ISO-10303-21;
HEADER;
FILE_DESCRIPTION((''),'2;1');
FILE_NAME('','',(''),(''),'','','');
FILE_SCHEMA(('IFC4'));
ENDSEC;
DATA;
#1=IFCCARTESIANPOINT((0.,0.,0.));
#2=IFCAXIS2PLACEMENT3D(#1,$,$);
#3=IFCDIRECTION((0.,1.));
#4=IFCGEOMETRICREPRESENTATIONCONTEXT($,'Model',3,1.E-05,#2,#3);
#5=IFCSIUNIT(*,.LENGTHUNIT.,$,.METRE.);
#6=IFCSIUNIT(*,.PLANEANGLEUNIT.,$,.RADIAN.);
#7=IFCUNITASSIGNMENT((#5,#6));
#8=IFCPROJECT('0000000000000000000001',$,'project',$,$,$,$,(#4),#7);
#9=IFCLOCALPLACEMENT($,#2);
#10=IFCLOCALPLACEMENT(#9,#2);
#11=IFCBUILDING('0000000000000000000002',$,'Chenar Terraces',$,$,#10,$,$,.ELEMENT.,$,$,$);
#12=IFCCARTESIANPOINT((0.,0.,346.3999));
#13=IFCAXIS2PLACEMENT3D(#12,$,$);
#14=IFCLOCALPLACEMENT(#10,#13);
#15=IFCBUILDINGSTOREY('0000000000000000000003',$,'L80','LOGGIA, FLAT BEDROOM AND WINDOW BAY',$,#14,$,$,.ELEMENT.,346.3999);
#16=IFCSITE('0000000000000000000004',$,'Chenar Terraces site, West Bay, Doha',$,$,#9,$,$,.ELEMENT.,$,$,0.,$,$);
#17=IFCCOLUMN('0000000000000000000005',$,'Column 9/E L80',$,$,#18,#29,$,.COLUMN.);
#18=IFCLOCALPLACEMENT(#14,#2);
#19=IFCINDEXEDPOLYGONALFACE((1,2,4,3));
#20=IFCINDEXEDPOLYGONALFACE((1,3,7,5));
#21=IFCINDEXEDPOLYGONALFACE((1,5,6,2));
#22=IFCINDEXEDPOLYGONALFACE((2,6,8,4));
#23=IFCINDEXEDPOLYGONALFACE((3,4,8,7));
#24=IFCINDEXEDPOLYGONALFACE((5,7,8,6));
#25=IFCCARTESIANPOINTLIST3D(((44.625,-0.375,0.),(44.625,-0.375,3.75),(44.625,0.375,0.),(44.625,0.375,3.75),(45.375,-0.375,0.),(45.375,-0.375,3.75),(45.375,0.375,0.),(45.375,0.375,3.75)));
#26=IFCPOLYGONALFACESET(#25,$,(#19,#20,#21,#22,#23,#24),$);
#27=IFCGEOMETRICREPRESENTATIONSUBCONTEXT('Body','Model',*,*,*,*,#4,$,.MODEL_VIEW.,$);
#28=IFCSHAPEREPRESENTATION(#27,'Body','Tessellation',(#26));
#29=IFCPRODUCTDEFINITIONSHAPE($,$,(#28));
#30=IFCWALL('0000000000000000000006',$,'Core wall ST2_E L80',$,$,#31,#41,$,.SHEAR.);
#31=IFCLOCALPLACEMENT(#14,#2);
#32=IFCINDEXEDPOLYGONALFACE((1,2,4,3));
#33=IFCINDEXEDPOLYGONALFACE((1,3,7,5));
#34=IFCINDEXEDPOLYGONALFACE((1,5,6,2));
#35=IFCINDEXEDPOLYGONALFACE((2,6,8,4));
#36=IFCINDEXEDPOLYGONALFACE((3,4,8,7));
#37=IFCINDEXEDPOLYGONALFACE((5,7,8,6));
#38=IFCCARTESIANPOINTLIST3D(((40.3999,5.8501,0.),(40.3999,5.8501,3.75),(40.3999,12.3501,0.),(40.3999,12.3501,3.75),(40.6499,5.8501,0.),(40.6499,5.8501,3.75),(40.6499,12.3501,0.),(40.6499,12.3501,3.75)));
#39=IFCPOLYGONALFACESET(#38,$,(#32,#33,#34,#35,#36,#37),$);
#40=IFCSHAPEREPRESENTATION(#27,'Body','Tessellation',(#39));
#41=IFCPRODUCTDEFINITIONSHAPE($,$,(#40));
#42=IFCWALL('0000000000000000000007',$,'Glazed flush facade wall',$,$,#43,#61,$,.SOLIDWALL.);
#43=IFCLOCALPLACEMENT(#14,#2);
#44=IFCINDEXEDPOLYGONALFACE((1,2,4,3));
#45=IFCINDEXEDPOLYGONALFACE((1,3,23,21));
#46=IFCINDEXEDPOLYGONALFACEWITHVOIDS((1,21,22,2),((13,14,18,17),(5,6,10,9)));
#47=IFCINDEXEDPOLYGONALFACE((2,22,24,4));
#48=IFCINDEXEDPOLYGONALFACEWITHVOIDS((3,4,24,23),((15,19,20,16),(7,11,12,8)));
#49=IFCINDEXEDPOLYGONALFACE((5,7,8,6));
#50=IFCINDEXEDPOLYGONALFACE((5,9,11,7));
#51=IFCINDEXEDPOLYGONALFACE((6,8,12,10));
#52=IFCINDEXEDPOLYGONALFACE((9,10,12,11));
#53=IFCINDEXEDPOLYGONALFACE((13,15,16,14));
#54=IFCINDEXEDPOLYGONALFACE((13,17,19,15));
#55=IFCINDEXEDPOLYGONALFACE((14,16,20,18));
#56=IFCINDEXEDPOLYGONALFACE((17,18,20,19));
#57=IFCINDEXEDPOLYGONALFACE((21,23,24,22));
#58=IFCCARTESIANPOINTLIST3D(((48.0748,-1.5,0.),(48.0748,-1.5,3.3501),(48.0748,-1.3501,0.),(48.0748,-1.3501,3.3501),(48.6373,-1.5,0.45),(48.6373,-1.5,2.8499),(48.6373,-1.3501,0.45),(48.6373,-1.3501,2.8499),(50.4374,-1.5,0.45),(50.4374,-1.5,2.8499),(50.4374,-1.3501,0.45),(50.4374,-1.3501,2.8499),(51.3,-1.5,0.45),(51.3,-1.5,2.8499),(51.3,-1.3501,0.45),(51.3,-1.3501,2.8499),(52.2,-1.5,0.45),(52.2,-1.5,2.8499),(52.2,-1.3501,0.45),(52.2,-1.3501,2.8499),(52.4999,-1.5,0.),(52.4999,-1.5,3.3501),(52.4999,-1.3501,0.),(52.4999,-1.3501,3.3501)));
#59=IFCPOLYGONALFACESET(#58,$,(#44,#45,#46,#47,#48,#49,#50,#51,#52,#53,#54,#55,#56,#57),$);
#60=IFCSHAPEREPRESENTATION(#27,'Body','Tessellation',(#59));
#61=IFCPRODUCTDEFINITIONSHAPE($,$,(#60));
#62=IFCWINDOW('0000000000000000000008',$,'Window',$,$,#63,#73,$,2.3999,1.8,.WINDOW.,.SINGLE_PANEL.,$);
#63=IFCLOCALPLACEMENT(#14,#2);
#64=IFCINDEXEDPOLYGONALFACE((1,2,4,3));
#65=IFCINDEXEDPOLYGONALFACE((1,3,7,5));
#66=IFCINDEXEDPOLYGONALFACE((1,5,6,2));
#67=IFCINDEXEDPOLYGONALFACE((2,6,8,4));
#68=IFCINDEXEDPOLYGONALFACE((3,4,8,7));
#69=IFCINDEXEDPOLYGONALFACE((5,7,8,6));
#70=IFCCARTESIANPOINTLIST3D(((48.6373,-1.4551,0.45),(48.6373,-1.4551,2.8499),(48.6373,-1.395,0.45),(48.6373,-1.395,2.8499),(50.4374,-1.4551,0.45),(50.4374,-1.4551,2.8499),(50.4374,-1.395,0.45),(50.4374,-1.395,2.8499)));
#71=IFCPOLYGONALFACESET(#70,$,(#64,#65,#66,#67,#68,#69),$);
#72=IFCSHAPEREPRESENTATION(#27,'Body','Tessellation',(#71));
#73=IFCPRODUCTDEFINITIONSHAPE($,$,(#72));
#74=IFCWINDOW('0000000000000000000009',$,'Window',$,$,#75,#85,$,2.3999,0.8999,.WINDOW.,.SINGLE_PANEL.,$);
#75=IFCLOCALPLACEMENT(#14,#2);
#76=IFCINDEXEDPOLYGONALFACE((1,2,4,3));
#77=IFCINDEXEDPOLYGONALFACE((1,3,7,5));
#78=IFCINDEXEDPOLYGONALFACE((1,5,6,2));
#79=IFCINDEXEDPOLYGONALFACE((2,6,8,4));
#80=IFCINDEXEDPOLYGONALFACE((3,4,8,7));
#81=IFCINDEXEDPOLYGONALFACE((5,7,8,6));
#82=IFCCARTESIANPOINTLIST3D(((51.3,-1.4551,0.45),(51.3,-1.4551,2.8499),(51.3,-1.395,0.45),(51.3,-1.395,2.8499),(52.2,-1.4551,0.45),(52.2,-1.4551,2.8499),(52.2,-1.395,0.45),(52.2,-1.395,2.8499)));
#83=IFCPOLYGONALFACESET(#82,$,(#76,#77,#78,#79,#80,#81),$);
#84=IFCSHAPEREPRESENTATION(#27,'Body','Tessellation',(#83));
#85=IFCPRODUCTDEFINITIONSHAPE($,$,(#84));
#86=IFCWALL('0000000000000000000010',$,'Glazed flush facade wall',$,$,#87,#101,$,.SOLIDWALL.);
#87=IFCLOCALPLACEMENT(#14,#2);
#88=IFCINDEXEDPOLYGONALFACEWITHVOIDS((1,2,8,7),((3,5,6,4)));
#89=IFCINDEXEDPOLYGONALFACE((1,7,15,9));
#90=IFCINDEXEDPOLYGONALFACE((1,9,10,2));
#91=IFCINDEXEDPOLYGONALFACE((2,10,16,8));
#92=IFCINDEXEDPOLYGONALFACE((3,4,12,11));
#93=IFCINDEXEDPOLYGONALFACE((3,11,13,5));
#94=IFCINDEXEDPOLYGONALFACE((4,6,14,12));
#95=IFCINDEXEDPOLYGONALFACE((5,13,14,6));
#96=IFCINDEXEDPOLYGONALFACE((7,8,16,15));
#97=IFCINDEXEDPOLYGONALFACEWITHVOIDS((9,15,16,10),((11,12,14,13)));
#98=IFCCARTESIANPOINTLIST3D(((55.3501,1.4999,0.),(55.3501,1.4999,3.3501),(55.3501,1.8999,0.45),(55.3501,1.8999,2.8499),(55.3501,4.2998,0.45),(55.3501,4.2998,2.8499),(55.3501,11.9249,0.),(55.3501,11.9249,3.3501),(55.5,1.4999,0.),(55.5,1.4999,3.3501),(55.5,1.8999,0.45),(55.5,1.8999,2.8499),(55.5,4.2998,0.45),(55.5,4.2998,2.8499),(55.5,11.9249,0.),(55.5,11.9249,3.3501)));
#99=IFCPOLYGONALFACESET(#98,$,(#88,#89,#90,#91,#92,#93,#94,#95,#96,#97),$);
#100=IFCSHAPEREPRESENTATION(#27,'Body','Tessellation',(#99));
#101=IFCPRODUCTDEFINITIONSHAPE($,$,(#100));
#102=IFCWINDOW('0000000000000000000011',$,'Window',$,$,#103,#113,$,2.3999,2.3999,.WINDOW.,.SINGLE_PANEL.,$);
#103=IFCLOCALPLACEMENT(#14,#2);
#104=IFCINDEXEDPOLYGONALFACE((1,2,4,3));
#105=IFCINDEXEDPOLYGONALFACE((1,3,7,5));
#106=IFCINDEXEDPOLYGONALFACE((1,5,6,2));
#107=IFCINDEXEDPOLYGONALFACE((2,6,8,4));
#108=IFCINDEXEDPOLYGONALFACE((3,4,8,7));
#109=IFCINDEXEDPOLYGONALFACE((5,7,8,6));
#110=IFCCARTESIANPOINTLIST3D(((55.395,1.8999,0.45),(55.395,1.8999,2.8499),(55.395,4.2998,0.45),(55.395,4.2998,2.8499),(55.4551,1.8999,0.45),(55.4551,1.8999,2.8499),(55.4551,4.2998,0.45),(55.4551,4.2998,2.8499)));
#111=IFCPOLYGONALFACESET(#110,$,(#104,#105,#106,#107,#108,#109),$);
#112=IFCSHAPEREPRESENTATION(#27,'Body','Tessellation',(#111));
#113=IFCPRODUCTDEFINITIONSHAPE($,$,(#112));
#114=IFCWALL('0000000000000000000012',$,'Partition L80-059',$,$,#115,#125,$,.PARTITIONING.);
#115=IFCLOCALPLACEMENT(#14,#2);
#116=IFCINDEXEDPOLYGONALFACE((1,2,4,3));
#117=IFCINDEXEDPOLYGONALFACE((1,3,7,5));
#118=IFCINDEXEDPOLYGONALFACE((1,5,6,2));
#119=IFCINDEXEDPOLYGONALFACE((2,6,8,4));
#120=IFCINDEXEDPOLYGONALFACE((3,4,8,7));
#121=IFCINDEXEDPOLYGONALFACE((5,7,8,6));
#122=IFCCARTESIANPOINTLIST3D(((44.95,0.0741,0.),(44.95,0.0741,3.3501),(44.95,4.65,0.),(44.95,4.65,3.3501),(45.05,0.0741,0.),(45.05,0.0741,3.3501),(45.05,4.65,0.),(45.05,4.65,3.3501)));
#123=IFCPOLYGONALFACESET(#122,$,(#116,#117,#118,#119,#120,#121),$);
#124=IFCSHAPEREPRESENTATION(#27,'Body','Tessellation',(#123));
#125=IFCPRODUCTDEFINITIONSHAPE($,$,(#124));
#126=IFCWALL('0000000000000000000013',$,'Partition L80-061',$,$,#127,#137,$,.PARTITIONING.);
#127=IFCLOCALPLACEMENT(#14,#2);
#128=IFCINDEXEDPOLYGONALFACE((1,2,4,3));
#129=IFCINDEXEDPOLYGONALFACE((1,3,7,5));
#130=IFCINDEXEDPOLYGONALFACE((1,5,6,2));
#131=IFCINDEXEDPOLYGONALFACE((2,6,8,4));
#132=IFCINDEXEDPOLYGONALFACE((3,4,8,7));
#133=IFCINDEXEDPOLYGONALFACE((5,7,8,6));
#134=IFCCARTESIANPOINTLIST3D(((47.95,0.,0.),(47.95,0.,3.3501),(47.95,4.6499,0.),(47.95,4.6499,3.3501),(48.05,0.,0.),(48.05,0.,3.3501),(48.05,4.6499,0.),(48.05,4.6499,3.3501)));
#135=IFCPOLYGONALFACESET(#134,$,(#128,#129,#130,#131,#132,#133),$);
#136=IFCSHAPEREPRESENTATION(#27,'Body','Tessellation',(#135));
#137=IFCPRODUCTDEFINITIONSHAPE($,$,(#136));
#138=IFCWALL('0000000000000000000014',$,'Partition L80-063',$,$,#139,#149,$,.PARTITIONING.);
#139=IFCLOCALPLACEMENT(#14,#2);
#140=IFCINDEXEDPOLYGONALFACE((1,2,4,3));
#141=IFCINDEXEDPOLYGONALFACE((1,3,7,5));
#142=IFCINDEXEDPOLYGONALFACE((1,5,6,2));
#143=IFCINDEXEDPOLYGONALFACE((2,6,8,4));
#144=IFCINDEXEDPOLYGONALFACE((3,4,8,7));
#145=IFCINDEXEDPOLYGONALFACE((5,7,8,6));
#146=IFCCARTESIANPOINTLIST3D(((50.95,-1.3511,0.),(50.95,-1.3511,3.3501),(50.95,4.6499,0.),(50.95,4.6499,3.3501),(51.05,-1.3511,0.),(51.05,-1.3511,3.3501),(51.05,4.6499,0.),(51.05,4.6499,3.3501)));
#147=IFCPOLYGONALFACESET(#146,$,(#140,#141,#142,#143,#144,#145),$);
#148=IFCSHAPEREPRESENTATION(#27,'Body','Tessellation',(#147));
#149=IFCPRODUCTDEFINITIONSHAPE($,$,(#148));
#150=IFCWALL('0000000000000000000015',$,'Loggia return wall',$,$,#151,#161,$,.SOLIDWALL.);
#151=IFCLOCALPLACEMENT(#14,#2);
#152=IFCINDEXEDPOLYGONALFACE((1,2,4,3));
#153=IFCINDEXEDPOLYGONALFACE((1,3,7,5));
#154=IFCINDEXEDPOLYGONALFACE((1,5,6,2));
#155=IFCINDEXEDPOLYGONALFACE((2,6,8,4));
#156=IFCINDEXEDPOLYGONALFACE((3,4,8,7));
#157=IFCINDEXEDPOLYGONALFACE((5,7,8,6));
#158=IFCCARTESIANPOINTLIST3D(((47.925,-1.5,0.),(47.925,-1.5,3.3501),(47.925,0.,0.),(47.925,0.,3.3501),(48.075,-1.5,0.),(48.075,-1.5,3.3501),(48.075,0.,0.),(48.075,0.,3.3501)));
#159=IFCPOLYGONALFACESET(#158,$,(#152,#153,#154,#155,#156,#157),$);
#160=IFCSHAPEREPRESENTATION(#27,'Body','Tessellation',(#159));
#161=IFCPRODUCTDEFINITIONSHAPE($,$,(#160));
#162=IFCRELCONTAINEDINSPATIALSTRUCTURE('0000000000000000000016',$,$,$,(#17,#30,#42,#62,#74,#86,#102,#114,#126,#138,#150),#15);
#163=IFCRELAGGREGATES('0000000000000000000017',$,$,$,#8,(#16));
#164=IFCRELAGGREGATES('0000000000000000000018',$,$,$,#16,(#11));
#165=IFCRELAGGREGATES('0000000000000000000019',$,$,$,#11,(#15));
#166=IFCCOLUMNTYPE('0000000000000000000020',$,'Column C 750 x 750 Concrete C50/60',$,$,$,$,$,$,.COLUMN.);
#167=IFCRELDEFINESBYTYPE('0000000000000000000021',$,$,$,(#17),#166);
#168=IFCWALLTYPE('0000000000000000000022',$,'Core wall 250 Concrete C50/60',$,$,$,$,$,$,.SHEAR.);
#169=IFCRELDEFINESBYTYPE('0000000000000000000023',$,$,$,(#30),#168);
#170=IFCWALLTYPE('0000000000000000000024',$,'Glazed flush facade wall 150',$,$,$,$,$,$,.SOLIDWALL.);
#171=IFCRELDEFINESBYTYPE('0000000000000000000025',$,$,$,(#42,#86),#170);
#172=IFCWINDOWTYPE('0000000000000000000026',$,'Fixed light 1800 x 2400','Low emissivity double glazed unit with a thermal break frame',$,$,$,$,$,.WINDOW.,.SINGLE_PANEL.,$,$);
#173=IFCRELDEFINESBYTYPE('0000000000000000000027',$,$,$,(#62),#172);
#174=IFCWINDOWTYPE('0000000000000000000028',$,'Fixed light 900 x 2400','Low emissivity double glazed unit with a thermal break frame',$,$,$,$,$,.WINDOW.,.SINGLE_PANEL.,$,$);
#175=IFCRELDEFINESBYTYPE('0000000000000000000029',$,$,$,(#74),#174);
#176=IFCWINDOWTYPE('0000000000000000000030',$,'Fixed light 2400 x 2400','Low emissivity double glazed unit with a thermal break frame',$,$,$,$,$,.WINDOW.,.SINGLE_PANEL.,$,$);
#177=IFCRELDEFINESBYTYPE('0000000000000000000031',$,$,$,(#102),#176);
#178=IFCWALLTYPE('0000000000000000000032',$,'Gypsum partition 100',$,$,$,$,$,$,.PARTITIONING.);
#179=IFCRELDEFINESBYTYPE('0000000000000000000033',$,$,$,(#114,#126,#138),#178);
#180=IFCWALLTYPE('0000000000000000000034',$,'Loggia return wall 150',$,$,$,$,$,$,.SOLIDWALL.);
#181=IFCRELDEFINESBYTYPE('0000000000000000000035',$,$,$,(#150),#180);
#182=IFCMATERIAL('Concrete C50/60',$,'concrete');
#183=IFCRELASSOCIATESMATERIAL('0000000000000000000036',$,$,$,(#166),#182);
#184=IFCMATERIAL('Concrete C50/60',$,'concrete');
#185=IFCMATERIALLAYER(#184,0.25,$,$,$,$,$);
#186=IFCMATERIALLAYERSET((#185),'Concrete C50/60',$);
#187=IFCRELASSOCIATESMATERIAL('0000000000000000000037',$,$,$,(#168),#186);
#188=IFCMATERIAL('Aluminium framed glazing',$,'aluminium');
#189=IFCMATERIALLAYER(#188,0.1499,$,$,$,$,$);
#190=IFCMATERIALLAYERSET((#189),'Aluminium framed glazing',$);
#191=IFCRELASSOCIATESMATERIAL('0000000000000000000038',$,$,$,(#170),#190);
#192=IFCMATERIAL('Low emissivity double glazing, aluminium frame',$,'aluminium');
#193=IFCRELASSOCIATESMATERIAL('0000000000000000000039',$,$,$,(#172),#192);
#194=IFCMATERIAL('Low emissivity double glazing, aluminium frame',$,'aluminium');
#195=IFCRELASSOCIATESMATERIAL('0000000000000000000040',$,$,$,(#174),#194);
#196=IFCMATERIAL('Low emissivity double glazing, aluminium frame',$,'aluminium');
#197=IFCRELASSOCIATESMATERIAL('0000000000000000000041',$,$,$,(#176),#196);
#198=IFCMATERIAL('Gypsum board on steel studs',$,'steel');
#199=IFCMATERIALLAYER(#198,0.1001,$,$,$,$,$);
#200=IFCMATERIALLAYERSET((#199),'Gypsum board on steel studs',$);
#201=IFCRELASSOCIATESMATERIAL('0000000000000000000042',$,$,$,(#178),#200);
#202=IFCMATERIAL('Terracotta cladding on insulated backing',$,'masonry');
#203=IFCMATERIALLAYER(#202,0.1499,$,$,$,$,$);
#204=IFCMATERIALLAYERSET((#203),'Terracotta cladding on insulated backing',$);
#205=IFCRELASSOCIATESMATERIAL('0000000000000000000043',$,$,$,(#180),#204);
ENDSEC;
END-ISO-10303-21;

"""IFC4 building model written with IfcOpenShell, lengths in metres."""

from ifc_helpers import new_model, si_unit, direction, frame, frame_2d, origin, origin_2d, place, context, subcontext, project, spatial, rectangle, extrude, material, layer, layer_set, material_profile, profile_set, type_object, element, fill, save


model = new_model("IFC4")

# Units and contexts
model_context = context("Model", 3, precision=1e-05, world=origin(), true_north=direction((0.0, 1.0)))
body_context = subcontext(model_context, "Body", "Model", "MODEL_VIEW")
ifc_project = project(units=[si_unit("LENGTHUNIT", "METRE"), si_unit("PLANEANGLEUNIT", "RADIAN")], contexts=[model_context])

# Site, building, storey
site_placement = place(None, origin())
site = spatial("IfcSite", under=ifc_project, at=site_placement, Name="Chenar Terraces site, West Bay, Doha", CompositionType="ELEMENT", RefElevation=0.0)
building_placement = place(site_placement, origin())
building = spatial("IfcBuilding", under=site, at=building_placement, Name="Chenar Terraces", CompositionType="ELEMENT")
storey_placement = place(building_placement, frame((0.0, 0.0, 346.3999)))
storey = spatial("IfcBuildingStorey", under=building, at=storey_placement, Name="L80", Description="LOGGIA, FLAT BEDROOM AND WINDOW BAY", CompositionType="ELEMENT", Elevation=346.3999)

# Column
ifc_material_1 = material(Name="Concrete C50/60", Category="concrete")
ifc_material_profile_1 = material_profile(ifc_material_1, rectangle(XDim=0.75, YDim=0.75, at=origin_2d()), Name="C 750 x 750")
ifc_profile_set_1 = profile_set([ifc_material_profile_1], Name="Concrete C50/60")
column_type = type_object("IfcColumnType", Name="Column C 750 x 750 Concrete C50/60", PredefinedType="COLUMN", material=ifc_profile_set_1)
column_placement = place(storey_placement, frame((45.0, 0.0, 0.0), z_axis=(0.0, 0.0, 1.0), x_axis=(1.0, 0.0, 0.0)))
element("IfcColumn", 1, at=column_placement, inside=storey, type_object=column_type, Name="Column 9/E L80", PredefinedType="COLUMN", context=body_context, shape_type="SweptSolid", body=[
    extrude(rectangle(XDim=0.75, YDim=0.75, at=origin_2d()), origin(), (0.0, 0.0, 1.0), 3.75),
])

# Wall
ifc_material_2 = material(Name="Concrete C50/60", Category="concrete")
ifc_layer_1 = layer(ifc_material_2, 0.25)
ifc_layer_set_1 = layer_set([ifc_layer_1], Name="Concrete C50/60")
wall_type_1 = type_object("IfcWallType", Name="Core wall 250 Concrete C50/60", PredefinedType="SHEAR", material=ifc_layer_set_1)
wall_1_placement = place(storey_placement, frame((40.5249, 5.8501, 0.0), z_axis=(0.0, 0.0, 1.0), x_axis=(0.0, 1.0, 0.0)))
element("IfcWall", 2, at=wall_1_placement, inside=storey, type_object=wall_type_1, Name="Core wall ST2_E L80", PredefinedType="SHEAR", context=body_context, shape_type="SweptSolid", body=[
    extrude(rectangle(XDim=6.5, YDim=0.25, at=frame_2d((3.25, 0.0))), origin(), (0.0, 0.0, 1.0), 3.75),
])

# Wall, openings, windows
ifc_material_3 = material(Name="Aluminium framed glazing", Category="aluminium")
ifc_layer_2 = layer(ifc_material_3, 0.1499)
ifc_layer_set_2 = layer_set([ifc_layer_2], Name="Aluminium framed glazing")
wall_type_2 = type_object("IfcWallType", Name="Glazed flush facade wall 150", PredefinedType="SOLIDWALL", material=ifc_layer_set_2)
wall_2_placement = place(storey_placement, frame((48.075, -1.425, 0.0), z_axis=(0.0, 0.0, 1.0), x_axis=(1.0, 0.0, 0.0)))
wall_2 = element("IfcWall", 3, at=wall_2_placement, inside=storey, type_object=wall_type_2, Name="Glazed flush facade wall", PredefinedType="SOLIDWALL", context=body_context, shape_type="SweptSolid", body=[
    extrude(rectangle(XDim=4.425, YDim=0.1499, at=frame_2d((2.2124, 0.0))), origin(), (0.0, 0.0, 1.0), 3.3501),
])
opening_1_placement = place(wall_2_placement, frame((0.5625, 0.0, 0.45)))
opening_1 = element("IfcOpeningElement", 4, at=opening_1_placement, cuts=wall_2, PredefinedType="OPENING", context=body_context, shape_type="SweptSolid", body=[
    extrude(rectangle(XDim=1.8, YDim=2.3999, at=frame_2d((0.8999, 1.2))), frame((0.0, 0.085, 0.0), z_axis=(0.0, -1.0, 0.0), x_axis=(1.0, 0.0, 0.0)), (0.0, 0.0, 1.0), 0.1699),
])
opening_2_placement = place(wall_2_placement, frame((3.2251, 0.0, 0.45)))
opening_2 = element("IfcOpeningElement", 5, at=opening_2_placement, cuts=wall_2, PredefinedType="OPENING", context=body_context, shape_type="SweptSolid", body=[
    extrude(rectangle(XDim=0.8999, YDim=2.3999, at=frame_2d((0.45, 1.2))), frame((0.0, 0.085, 0.0), z_axis=(0.0, -1.0, 0.0), x_axis=(1.0, 0.0, 0.0)), (0.0, 0.0, 1.0), 0.1699),
])
ifc_material_4 = material(Name="Low emissivity double glazing, aluminium frame", Category="aluminium")
window_type_1 = type_object("IfcWindowType", Name="Fixed light 1800 x 2400", Description="Low emissivity double glazed unit with a thermal break frame", PartitioningType="SINGLE_PANEL", PredefinedType="WINDOW", material=ifc_material_4)
window_1_placement = place(opening_1_placement, origin())
window_1 = element("IfcWindow", 6, at=window_1_placement, inside=storey, type_object=window_type_1, Name="Window", OverallHeight=2.3999, OverallWidth=1.8, PartitioningType="SINGLE_PANEL", PredefinedType="WINDOW", context=body_context, shape_type="SweptSolid", body=[
    extrude(rectangle(XDim=1.8, YDim=2.3999, at=frame_2d((0.8999, 1.2))), frame((0.0, 0.03, 0.0), z_axis=(0.0, -1.0, 0.0), x_axis=(1.0, 0.0, 0.0)), (0.0, 0.0, 1.0), 0.0601),
])
fill(opening_1, window_1)
ifc_material_5 = material(Name="Low emissivity double glazing, aluminium frame", Category="aluminium")
window_type_2 = type_object("IfcWindowType", Name="Fixed light 900 x 2400", Description="Low emissivity double glazed unit with a thermal break frame", PartitioningType="SINGLE_PANEL", PredefinedType="WINDOW", material=ifc_material_5)
window_2_placement = place(opening_2_placement, origin())
window_2 = element("IfcWindow", 7, at=window_2_placement, inside=storey, type_object=window_type_2, Name="Window", OverallHeight=2.3999, OverallWidth=0.8999, PartitioningType="SINGLE_PANEL", PredefinedType="WINDOW", context=body_context, shape_type="SweptSolid", body=[
    extrude(rectangle(XDim=0.8999, YDim=2.3999, at=frame_2d((0.45, 1.2))), frame((0.0, 0.03, 0.0), z_axis=(0.0, -1.0, 0.0), x_axis=(1.0, 0.0, 0.0)), (0.0, 0.0, 1.0), 0.0601),
])
fill(opening_2, window_2)

# Wall, opening, window
wall_3_placement = place(storey_placement, frame((55.425, 1.5, 0.0), z_axis=(0.0, 0.0, 1.0), x_axis=(0.0, 1.0, 0.0)))
wall_3 = element("IfcWall", 8, at=wall_3_placement, inside=storey, type_object=wall_type_2, Name="Glazed flush facade wall", PredefinedType="SOLIDWALL", context=body_context, shape_type="SweptSolid", body=[
    extrude(rectangle(XDim=10.425, YDim=0.1499, at=frame_2d((5.2124, 0.0))), origin(), (0.0, 0.0, 1.0), 3.3501),
])
opening_3_placement = place(wall_3_placement, frame((0.3999, 0.0, 0.45)))
opening_3 = element("IfcOpeningElement", 9, at=opening_3_placement, cuts=wall_3, PredefinedType="OPENING", context=body_context, shape_type="SweptSolid", body=[
    extrude(rectangle(XDim=2.3999, YDim=2.3999, at=frame_2d((1.2, 1.2))), frame((0.0, 0.085, 0.0), z_axis=(0.0, -1.0, 0.0), x_axis=(1.0, 0.0, 0.0)), (0.0, 0.0, 1.0), 0.1699),
])
ifc_material_6 = material(Name="Low emissivity double glazing, aluminium frame", Category="aluminium")
window_type_3 = type_object("IfcWindowType", Name="Fixed light 2400 x 2400", Description="Low emissivity double glazed unit with a thermal break frame", PartitioningType="SINGLE_PANEL", PredefinedType="WINDOW", material=ifc_material_6)
window_3_placement = place(opening_3_placement, origin())
window_3 = element("IfcWindow", 10, at=window_3_placement, inside=storey, type_object=window_type_3, Name="Window", OverallHeight=2.3999, OverallWidth=2.3999, PartitioningType="SINGLE_PANEL", PredefinedType="WINDOW", context=body_context, shape_type="SweptSolid", body=[
    extrude(rectangle(XDim=2.3999, YDim=2.3999, at=frame_2d((1.2, 1.2))), frame((0.0, 0.03, 0.0), z_axis=(0.0, -1.0, 0.0), x_axis=(1.0, 0.0, 0.0)), (0.0, 0.0, 1.0), 0.0601),
])
fill(opening_3, window_3)

# Walls
ifc_material_7 = material(Name="Gypsum board on steel studs", Category="steel")
ifc_layer_3 = layer(ifc_material_7, 0.1001)
ifc_layer_set_3 = layer_set([ifc_layer_3], Name="Gypsum board on steel studs")
wall_type_3 = type_object("IfcWallType", Name="Gypsum partition 100", PredefinedType="PARTITIONING", material=ifc_layer_set_3)
wall_4_placement = place(storey_placement, frame((45.0, 0.074, 0.0), z_axis=(0.0, 0.0, 1.0), x_axis=(0.0, 1.0, 0.0)))
element("IfcWall", 11, at=wall_4_placement, inside=storey, type_object=wall_type_3, Name="Partition L80-059", PredefinedType="PARTITIONING", context=body_context, shape_type="SweptSolid", body=[
    extrude(rectangle(XDim=4.5759, YDim=0.1001, at=frame_2d((2.2881, 0.0))), origin(), (0.0, 0.0, 1.0), 3.3501),
])
wall_5_placement = place(storey_placement, frame((48.0, 0.0, 0.0), z_axis=(0.0, 0.0, 1.0), x_axis=(0.0, 1.0, 0.0)))
element("IfcWall", 12, at=wall_5_placement, inside=storey, type_object=wall_type_3, Name="Partition L80-061", PredefinedType="PARTITIONING", context=body_context, shape_type="SweptSolid", body=[
    extrude(rectangle(XDim=4.6499, YDim=0.1001, at=frame_2d((2.325, 0.0))), origin(), (0.0, 0.0, 1.0), 3.3501),
])
wall_6_placement = place(storey_placement, frame((51.0, -1.3511, 0.0), z_axis=(0.0, 0.0, 1.0), x_axis=(0.0, 1.0, 0.0)))
element("IfcWall", 13, at=wall_6_placement, inside=storey, type_object=wall_type_3, Name="Partition L80-063", PredefinedType="PARTITIONING", context=body_context, shape_type="SweptSolid", body=[
    extrude(rectangle(XDim=6.001, YDim=0.1001, at=frame_2d((3.0005, 0.0))), origin(), (0.0, 0.0, 1.0), 3.3501),
])
ifc_material_8 = material(Name="Terracotta cladding on insulated backing", Category="masonry")
ifc_layer_4 = layer(ifc_material_8, 0.1499)
ifc_layer_set_4 = layer_set([ifc_layer_4], Name="Terracotta cladding on insulated backing")
wall_type_4 = type_object("IfcWallType", Name="Loggia return wall 150", PredefinedType="SOLIDWALL", material=ifc_layer_set_4)
wall_7_placement = place(storey_placement, frame((48.0, -1.5, 0.0), z_axis=(0.0, 0.0, 1.0), x_axis=(0.0, 1.0, 0.0)))
element("IfcWall", 14, at=wall_7_placement, inside=storey, type_object=wall_type_4, Name="Loggia return wall", PredefinedType="SOLIDWALL", context=body_context, shape_type="SweptSolid", body=[
    extrude(rectangle(XDim=1.5, YDim=0.1499, at=frame_2d((0.75, 0.0))), origin(), (0.0, 0.0, 1.0), 3.3501),
])

save(model, "model.ifc")
